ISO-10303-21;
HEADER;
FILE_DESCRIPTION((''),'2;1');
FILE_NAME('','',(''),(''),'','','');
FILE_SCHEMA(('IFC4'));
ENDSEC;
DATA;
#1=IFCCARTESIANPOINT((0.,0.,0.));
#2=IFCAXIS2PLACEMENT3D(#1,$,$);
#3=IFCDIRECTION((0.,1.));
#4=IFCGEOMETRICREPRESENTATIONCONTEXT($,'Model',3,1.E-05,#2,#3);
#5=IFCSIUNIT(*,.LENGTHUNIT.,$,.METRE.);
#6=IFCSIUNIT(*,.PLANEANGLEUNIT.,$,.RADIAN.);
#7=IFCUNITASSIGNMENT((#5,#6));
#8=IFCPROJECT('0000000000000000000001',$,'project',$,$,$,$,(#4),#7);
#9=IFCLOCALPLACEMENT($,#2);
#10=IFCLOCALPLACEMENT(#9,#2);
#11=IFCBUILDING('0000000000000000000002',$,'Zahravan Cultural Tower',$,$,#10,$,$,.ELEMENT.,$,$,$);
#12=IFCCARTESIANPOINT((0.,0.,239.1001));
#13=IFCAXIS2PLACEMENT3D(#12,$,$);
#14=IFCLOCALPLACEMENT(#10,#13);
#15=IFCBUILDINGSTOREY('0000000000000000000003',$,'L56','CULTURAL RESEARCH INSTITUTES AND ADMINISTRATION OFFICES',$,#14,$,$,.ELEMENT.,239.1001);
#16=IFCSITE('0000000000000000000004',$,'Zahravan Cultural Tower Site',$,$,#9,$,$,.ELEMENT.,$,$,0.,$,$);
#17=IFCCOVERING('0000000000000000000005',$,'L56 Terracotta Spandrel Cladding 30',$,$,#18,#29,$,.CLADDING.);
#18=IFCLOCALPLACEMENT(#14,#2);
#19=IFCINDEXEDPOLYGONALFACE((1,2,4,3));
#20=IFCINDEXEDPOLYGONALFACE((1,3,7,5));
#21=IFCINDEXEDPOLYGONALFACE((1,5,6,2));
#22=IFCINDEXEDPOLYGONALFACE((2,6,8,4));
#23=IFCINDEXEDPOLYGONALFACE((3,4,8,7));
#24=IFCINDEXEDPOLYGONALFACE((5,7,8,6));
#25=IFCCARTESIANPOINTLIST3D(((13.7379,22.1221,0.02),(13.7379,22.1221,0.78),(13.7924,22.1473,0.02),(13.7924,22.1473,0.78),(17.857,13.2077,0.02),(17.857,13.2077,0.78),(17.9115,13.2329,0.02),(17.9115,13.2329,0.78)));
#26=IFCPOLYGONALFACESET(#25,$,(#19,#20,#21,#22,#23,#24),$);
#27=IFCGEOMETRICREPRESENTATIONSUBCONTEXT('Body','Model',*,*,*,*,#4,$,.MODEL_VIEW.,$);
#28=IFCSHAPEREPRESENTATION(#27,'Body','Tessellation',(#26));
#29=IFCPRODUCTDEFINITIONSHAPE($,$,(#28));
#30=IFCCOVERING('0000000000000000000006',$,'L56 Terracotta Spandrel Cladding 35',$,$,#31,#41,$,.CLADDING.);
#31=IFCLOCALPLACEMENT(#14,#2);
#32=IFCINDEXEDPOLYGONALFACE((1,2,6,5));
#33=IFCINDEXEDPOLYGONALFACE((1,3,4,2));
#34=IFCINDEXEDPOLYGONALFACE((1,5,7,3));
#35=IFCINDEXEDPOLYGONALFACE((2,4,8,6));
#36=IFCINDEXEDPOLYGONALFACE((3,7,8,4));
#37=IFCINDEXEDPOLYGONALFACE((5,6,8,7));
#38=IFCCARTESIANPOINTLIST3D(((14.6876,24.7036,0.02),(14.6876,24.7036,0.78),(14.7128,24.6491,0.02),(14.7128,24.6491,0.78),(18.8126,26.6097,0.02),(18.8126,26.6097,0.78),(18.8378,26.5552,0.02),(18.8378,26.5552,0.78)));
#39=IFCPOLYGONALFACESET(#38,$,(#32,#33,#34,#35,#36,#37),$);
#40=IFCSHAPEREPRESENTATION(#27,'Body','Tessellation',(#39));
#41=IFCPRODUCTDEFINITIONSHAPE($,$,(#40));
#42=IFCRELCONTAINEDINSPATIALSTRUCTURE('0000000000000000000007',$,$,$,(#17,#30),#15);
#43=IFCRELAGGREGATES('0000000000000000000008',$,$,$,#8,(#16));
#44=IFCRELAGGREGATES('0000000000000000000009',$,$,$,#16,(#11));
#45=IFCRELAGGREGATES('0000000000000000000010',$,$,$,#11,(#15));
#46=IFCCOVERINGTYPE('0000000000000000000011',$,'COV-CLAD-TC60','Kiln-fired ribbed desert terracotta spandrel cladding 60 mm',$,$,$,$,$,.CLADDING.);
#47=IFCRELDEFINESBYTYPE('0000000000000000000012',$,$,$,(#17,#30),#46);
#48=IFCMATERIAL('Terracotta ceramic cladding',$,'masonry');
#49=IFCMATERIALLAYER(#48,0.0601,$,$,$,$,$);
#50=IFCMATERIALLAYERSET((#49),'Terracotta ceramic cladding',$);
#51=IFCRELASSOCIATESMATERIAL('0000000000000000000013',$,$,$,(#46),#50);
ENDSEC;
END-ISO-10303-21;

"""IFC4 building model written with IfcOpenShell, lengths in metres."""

from ifc_helpers import new_model, si_unit, direction, frame, origin, origin_2d, place, context, subcontext, project, spatial, rectangle, extrude, source, transform, mapped, material, layer, layer_set, type_object, element, save


model = new_model("IFC4")

# Units and contexts
model_context = context("Model", 3, precision=1e-05, world=origin(), true_north=direction((0.0, 1.0)))
body_context = subcontext(model_context, "Body", "Model", "MODEL_VIEW")
ifc_project = project(units=[si_unit("LENGTHUNIT", "METRE"), si_unit("PLANEANGLEUNIT", "RADIAN")], contexts=[model_context])

# Site, building, storey
site_placement = place(None, origin())
site = spatial("IfcSite", under=ifc_project, at=site_placement, Name="Zahravan Cultural Tower Site", CompositionType="ELEMENT", RefElevation=0.0)
building_placement = place(site_placement, origin())
building = spatial("IfcBuilding", under=site, at=building_placement, Name="Zahravan Cultural Tower", CompositionType="ELEMENT")
storey_placement = place(building_placement, frame((0.0, 0.0, 239.1001)))
storey = spatial("IfcBuildingStorey", under=building, at=storey_placement, Name="L56", Description="CULTURAL RESEARCH INSTITUTES AND ADMINISTRATION OFFICES", CompositionType="ELEMENT", Elevation=239.1001)

# Coverings
ifc_material_1 = material(Name="Terracotta ceramic cladding", Category="masonry")
ifc_layer_1 = layer(ifc_material_1, 0.0601)
ifc_layer_set_1 = layer_set([ifc_layer_1], Name="Terracotta ceramic cladding")
covering_type = type_object("IfcCoveringType", Name="COV-CLAD-TC60", Description="Kiln-fired ribbed desert terracotta spandrel cladding 60 mm", PredefinedType="CLADDING", material=ifc_layer_set_1)
shared_shape_1 = source(origin(), body_context, "Body", "SweptSolid", [
    extrude(rectangle(XDim=9.8201, YDim=0.0601, at=origin_2d()), origin(), (0.0, 0.0, 1.0), 0.76),
])
covering_1_placement = place(storey_placement, frame((15.8247, 17.6775, 0.02), z_axis=(0.0, 0.0, 1.0), x_axis=(-0.419452, 0.907777, 0.0)))
element("IfcCovering", 1, at=covering_1_placement, inside=storey, type_object=covering_type, Name="L56 Terracotta Spandrel Cladding 30", PredefinedType="CLADDING", context=body_context, shape_type="MappedRepresentation", body=[
    mapped(shared_shape_1, transform((0.0, 0.0, 0.0), x_axis=(1.0, 0.0, 0.0), y_axis=(0.0, 1.0, 0.0), z_axis=(0.0, 0.0, 1.0), scale=1.0)),
])
shared_shape_2 = source(origin(), body_context, "Body", "SweptSolid", [
    extrude(rectangle(XDim=4.5442, YDim=0.0601, at=origin_2d()), origin(), (0.0, 0.0, 1.0), 0.76),
])
covering_2_placement = place(storey_placement, frame((16.7627, 25.6294, 0.02), z_axis=(0.0, 0.0, 1.0), x_axis=(0.90777, 0.419468, 0.0)))
element("IfcCovering", 2, at=covering_2_placement, inside=storey, type_object=covering_type, Name="L56 Terracotta Spandrel Cladding 35", PredefinedType="CLADDING", context=body_context, shape_type="MappedRepresentation", body=[
    mapped(shared_shape_2, transform((0.0, 0.0, 0.0), x_axis=(1.0, 0.0, 0.0), y_axis=(0.0, 1.0, 0.0), z_axis=(0.0, 0.0, 1.0), scale=1.0)),
])

save(model, "model.ifc")
